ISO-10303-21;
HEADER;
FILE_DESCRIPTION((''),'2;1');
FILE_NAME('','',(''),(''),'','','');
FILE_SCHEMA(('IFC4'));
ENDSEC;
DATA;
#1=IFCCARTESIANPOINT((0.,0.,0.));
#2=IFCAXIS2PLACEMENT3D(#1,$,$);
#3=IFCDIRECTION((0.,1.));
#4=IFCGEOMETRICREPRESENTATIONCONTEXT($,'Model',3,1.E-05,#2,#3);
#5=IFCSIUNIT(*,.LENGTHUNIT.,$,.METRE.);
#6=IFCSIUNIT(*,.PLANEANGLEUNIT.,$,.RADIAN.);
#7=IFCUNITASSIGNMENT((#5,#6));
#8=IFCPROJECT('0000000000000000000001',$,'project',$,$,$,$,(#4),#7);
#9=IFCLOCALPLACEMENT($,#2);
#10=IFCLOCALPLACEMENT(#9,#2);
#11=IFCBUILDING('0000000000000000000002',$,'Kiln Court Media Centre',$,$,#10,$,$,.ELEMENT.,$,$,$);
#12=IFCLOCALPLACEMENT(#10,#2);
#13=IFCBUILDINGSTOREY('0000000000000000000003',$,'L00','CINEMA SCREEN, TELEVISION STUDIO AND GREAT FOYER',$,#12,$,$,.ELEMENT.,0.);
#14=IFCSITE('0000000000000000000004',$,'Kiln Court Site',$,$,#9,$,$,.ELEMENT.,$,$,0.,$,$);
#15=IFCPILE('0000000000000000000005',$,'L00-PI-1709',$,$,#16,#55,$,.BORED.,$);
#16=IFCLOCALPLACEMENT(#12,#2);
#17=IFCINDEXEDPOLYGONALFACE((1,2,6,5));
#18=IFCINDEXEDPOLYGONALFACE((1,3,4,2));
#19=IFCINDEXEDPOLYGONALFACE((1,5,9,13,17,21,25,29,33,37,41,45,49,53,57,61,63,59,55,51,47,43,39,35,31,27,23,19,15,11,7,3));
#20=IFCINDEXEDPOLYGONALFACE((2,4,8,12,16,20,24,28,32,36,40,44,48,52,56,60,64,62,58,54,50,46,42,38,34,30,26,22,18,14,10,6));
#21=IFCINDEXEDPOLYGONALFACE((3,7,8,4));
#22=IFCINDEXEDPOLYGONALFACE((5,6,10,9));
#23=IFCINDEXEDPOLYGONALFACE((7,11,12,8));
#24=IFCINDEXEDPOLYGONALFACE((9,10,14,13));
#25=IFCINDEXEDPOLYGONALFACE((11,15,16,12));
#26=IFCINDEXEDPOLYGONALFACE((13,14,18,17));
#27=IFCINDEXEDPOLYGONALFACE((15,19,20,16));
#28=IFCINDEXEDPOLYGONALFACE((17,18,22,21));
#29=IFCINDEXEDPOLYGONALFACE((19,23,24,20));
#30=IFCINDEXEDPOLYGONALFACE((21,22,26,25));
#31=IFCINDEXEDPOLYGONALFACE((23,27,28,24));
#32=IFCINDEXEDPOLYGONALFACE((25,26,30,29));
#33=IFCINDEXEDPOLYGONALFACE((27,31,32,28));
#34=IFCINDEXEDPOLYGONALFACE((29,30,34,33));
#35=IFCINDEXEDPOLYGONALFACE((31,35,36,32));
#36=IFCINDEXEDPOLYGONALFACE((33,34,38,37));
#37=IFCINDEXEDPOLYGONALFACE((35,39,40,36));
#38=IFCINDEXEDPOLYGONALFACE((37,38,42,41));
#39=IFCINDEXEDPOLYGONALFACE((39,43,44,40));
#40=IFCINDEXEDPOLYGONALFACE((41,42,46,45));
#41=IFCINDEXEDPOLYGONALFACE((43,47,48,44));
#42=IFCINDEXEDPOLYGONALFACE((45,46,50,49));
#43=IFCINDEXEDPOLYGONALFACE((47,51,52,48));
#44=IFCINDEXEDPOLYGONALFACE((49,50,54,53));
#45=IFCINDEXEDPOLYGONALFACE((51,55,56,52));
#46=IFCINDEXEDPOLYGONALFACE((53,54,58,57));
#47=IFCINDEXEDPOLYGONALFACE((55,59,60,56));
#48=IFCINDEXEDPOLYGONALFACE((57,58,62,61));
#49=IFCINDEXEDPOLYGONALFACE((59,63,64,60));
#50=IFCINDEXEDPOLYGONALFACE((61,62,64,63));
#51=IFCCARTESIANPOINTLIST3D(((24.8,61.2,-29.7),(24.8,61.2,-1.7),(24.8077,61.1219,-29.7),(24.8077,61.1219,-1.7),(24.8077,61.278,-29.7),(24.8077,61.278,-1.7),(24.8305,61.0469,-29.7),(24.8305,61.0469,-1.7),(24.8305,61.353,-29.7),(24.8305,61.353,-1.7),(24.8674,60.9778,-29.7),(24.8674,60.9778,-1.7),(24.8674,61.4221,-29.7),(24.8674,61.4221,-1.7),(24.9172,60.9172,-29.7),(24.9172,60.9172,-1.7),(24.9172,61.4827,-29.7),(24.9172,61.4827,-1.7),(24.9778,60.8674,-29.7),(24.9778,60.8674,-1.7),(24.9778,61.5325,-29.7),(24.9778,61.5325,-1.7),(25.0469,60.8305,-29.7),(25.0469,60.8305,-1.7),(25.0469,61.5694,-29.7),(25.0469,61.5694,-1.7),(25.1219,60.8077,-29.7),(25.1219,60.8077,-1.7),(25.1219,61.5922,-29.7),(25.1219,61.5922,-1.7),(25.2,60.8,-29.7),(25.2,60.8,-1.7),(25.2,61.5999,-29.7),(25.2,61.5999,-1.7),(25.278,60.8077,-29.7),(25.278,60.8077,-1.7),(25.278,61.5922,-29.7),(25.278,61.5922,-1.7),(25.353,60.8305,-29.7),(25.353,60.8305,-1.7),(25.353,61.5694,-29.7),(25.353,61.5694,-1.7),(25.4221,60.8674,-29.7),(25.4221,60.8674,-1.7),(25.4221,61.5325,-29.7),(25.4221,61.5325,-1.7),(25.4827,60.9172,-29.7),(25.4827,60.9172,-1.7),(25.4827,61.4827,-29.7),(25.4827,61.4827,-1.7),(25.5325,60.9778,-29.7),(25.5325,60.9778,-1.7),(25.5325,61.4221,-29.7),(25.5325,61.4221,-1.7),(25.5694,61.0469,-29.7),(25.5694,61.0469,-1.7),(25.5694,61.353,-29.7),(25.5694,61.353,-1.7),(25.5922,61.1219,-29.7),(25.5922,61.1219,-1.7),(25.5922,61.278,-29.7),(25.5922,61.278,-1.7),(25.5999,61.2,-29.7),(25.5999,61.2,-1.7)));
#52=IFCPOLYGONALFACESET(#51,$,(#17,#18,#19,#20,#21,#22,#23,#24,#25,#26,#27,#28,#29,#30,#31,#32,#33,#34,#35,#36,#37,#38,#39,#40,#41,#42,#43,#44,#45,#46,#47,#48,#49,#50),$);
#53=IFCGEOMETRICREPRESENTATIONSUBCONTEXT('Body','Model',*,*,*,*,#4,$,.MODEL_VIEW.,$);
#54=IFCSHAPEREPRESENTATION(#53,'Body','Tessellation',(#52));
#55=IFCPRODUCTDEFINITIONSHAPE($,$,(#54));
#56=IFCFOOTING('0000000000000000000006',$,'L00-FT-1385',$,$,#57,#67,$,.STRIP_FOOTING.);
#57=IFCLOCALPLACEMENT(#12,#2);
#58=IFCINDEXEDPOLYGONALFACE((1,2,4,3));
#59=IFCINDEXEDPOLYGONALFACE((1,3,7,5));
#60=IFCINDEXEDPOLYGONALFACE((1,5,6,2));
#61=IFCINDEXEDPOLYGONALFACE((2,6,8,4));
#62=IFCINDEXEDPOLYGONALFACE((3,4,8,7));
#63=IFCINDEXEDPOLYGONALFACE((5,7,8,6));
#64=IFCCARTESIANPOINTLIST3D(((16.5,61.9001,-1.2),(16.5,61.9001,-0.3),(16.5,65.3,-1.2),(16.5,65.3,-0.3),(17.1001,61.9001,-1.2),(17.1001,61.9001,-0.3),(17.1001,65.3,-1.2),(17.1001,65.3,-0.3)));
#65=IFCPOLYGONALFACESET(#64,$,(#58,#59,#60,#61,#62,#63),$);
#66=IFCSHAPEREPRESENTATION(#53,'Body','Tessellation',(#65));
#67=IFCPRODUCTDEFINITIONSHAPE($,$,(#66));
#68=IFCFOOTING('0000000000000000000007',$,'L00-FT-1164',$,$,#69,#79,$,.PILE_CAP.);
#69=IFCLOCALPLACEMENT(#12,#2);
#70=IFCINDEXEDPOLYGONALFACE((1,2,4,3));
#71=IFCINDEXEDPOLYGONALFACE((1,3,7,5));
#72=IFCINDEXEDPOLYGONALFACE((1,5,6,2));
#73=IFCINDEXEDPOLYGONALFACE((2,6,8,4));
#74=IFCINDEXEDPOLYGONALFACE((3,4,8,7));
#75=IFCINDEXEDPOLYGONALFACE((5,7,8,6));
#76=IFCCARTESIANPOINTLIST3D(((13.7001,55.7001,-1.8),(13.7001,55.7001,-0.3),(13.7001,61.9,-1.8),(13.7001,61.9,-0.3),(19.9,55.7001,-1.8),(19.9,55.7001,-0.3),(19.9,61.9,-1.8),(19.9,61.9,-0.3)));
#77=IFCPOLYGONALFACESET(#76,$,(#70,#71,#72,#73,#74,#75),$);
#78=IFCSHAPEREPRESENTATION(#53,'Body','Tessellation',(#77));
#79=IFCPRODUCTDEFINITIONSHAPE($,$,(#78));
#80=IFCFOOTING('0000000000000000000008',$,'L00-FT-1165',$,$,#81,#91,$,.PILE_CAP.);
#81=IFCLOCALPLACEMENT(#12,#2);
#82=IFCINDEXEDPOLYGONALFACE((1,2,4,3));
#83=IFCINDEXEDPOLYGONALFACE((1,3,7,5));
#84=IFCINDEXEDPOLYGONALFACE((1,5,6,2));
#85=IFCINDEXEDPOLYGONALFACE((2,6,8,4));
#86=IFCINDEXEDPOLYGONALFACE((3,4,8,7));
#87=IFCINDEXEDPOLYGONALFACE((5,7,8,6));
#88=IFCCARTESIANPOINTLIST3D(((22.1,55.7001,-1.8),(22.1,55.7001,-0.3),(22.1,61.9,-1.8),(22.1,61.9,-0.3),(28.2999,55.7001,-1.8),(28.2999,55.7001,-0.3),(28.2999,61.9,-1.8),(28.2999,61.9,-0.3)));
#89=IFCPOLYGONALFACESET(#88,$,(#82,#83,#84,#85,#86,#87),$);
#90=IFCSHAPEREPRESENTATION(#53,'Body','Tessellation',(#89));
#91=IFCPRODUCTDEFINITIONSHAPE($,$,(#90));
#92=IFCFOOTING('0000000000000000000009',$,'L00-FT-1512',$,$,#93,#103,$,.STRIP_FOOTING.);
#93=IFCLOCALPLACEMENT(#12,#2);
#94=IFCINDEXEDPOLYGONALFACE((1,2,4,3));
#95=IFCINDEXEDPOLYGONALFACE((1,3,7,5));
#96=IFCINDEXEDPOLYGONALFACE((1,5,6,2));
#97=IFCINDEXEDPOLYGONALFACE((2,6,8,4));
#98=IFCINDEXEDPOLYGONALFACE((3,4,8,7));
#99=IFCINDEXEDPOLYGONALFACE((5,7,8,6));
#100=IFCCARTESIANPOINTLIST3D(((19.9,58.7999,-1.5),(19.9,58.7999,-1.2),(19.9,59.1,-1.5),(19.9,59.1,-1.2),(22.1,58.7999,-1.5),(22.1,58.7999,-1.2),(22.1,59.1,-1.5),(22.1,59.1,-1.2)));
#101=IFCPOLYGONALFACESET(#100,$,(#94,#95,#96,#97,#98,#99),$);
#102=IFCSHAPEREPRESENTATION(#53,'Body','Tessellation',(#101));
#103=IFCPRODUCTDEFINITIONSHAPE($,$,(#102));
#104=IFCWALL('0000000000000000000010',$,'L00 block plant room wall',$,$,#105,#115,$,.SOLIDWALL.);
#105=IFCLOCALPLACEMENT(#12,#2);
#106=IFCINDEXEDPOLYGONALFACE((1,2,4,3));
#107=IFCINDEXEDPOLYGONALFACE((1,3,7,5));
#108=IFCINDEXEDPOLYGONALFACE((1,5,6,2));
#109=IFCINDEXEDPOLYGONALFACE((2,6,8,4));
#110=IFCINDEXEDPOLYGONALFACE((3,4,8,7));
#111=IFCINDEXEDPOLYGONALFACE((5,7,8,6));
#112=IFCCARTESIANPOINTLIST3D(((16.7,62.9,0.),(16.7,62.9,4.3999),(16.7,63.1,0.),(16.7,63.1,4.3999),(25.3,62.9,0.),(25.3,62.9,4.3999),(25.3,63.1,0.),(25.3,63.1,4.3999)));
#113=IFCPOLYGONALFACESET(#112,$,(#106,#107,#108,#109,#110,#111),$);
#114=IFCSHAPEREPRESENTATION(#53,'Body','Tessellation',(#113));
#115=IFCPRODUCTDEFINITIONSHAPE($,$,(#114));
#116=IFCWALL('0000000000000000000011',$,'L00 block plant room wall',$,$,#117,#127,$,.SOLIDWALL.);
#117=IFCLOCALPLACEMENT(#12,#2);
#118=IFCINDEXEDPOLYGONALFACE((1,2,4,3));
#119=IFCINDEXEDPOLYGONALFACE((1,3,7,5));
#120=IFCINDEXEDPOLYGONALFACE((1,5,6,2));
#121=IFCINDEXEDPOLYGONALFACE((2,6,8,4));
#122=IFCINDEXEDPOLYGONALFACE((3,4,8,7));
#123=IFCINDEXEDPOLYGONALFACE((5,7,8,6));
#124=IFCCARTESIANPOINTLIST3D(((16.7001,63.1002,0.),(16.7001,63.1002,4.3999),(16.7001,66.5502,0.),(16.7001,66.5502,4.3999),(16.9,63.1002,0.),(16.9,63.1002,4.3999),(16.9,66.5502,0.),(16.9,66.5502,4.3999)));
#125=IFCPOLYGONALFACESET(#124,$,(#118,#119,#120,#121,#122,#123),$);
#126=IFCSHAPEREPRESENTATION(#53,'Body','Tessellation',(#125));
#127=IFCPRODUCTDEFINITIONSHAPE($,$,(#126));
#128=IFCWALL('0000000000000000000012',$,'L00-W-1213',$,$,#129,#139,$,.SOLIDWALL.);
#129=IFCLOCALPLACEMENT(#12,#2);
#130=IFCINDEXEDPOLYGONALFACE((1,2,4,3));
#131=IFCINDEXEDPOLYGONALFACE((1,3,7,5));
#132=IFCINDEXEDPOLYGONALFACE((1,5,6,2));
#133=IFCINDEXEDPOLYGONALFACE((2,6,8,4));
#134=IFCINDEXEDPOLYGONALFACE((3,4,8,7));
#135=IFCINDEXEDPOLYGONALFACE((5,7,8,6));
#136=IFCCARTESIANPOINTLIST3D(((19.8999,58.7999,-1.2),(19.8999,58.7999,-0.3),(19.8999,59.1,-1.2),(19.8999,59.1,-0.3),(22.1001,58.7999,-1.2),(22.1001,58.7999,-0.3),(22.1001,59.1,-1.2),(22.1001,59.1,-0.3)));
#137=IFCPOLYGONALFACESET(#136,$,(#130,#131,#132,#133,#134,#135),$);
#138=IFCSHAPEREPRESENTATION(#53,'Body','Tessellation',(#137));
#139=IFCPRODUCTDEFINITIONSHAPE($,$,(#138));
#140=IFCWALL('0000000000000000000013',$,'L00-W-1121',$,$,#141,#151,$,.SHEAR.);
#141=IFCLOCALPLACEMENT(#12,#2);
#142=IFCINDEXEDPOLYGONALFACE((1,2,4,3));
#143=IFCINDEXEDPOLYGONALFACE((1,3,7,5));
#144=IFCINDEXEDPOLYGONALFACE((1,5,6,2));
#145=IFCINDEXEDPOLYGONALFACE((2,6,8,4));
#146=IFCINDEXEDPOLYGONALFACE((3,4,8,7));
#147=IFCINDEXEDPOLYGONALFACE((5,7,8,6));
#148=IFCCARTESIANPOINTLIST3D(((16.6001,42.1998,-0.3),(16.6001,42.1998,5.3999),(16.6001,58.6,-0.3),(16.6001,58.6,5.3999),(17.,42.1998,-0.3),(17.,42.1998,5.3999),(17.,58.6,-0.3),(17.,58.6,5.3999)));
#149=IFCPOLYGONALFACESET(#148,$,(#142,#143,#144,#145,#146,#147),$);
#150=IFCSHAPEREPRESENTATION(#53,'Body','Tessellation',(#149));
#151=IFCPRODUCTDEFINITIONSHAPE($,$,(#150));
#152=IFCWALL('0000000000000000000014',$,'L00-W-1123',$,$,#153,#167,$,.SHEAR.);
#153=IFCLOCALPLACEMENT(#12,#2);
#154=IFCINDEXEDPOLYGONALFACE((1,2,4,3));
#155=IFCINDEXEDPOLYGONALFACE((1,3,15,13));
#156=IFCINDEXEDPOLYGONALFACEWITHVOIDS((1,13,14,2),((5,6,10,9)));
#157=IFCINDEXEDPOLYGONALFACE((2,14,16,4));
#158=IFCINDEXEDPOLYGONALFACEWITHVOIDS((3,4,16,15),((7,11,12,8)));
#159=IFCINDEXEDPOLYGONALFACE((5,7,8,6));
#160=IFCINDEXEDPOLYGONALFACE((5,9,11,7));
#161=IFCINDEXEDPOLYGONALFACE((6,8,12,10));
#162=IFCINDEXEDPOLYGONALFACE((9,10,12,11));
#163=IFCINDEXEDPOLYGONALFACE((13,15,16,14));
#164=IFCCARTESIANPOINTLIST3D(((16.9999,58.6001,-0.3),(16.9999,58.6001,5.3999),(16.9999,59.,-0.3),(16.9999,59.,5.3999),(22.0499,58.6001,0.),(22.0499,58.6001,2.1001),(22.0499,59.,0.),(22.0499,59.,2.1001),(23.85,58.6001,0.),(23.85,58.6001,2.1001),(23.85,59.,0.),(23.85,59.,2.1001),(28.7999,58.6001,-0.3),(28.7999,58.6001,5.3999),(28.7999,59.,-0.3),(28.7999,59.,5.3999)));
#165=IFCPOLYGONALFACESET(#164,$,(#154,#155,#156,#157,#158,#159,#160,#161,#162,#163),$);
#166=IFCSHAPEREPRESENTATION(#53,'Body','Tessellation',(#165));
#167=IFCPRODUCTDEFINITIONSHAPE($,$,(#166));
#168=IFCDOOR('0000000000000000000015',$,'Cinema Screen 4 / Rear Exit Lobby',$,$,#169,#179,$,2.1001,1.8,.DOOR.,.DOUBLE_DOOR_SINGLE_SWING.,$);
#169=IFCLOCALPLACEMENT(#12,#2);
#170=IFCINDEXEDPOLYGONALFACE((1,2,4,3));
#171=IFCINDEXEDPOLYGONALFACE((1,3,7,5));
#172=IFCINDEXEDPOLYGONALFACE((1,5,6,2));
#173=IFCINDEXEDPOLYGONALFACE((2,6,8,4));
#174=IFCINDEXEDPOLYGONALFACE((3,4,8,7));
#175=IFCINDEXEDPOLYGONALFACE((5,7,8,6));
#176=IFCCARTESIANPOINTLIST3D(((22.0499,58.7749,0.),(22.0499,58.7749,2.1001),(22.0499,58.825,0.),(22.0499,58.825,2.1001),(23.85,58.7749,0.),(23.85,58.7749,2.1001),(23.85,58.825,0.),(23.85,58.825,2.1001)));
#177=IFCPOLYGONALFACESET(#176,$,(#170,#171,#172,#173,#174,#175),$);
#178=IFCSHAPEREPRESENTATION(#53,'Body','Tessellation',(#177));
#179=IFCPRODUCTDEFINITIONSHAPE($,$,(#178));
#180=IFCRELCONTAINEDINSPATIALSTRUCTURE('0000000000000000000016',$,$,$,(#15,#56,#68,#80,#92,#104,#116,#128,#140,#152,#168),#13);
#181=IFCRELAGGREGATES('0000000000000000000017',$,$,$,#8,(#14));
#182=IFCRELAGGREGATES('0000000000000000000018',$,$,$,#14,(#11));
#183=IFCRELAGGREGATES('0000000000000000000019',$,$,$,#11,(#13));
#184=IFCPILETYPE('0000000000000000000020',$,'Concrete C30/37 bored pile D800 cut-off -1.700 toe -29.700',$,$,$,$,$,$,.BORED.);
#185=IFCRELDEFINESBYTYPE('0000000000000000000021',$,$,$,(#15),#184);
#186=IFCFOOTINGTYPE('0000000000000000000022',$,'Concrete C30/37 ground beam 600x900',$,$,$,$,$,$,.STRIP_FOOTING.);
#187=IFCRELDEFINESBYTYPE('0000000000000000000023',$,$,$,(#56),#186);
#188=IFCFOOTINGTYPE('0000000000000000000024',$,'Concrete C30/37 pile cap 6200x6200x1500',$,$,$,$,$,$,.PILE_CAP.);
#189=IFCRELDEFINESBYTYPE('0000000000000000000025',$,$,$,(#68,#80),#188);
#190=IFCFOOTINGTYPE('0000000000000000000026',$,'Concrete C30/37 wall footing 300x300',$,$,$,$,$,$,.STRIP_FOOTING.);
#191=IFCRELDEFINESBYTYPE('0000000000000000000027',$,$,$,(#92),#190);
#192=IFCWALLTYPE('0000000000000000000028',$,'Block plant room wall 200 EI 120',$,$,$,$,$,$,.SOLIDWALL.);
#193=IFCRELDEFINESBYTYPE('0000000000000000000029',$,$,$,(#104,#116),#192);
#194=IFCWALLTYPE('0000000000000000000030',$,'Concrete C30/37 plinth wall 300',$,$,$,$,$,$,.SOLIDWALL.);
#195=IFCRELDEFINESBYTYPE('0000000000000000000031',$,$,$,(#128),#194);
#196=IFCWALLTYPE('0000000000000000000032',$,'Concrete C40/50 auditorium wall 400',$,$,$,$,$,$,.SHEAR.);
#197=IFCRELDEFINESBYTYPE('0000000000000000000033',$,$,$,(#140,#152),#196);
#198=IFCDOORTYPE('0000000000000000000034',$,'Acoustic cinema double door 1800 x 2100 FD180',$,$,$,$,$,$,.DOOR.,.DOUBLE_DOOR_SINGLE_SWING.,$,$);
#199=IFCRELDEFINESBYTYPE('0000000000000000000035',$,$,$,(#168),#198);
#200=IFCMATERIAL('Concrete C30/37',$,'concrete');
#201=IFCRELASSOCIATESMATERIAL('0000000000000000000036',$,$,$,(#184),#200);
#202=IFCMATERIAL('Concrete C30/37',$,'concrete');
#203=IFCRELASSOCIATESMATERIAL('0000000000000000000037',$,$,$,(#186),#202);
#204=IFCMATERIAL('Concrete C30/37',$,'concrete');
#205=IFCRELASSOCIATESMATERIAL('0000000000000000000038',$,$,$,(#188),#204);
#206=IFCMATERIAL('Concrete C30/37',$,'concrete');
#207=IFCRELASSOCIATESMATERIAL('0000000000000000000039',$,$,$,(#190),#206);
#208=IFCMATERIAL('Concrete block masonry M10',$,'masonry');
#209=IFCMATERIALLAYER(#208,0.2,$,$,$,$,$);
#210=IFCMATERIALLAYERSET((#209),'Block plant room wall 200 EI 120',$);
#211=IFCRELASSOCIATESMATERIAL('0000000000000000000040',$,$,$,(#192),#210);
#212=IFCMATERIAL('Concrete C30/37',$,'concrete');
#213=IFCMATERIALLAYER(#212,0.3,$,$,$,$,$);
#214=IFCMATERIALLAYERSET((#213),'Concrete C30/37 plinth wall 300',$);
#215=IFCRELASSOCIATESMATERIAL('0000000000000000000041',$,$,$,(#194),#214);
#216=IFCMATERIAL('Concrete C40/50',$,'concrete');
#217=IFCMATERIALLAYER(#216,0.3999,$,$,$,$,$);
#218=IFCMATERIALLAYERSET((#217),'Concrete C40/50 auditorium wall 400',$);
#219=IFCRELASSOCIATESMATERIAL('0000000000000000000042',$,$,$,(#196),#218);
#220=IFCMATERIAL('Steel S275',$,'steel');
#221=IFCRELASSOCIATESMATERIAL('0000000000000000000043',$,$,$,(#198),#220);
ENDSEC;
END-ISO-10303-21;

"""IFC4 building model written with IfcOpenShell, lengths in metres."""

from ifc_helpers import new_model, si_unit, direction, frame, frame_2d, origin, origin_2d, place, context, subcontext, project, spatial, rectangle, circle, extrude, material, layer, layer_set, material_profile, profile_set, type_object, element, fill, save


model = new_model("IFC4")

# Units and contexts
model_context = context("Model", 3, precision=1e-05, world=origin(), true_north=direction((0.0, 1.0)))
body_context = subcontext(model_context, "Body", "Model", "MODEL_VIEW")
ifc_project = project(units=[si_unit("LENGTHUNIT", "METRE"), si_unit("PLANEANGLEUNIT", "RADIAN")], contexts=[model_context])

# Site, building, storey
site_placement = place(None, origin())
site = spatial("IfcSite", under=ifc_project, at=site_placement, Name="Kiln Court Site", CompositionType="ELEMENT", RefElevation=0.0)
building_placement = place(site_placement, origin())
building = spatial("IfcBuilding", under=site, at=building_placement, Name="Kiln Court Media Centre", CompositionType="ELEMENT")
storey_placement = place(building_placement, origin())
storey = spatial("IfcBuildingStorey", under=building, at=storey_placement, Name="L00", Description="CINEMA SCREEN, TELEVISION STUDIO AND GREAT FOYER", CompositionType="ELEMENT", Elevation=0.0)

# Pile
ifc_material_1 = material(Name="Concrete C30/37", Category="concrete")
ifc_material_profile = material_profile(ifc_material_1, circle(Radius=0.3999, at=origin_2d()), Name="PILE D800")
ifc_profile_set = profile_set([ifc_material_profile], Name="Concrete C30/37")
pile_type = type_object("IfcPileType", Name="Concrete C30/37 bored pile D800 cut-off -1.700 toe -29.700", PredefinedType="BORED", material=ifc_profile_set)
for number, where, z_axis, x_axis, name in (
    (1, (25.2, 61.2, -1.7), (0.0, 0.0, -1.0), (1.0, 0.0, 0.0), "L00-PI-1709"),
):
    element("IfcPile", number, at=place(storey_placement, frame(where, z_axis=z_axis, x_axis=x_axis)), inside=storey, type_object=pile_type, Name=name, PredefinedType="BORED", context=body_context, shape_type="SweptSolid", body=[
        extrude(circle(Radius=0.3999, at=origin_2d()), origin(), (0.0, 0.0, 1.0), 28.0),
    ])

# Footings
ifc_material_2 = material(Name="Concrete C30/37", Category="concrete")
footing_type_1 = type_object("IfcFootingType", Name="Concrete C30/37 ground beam 600x900", PredefinedType="STRIP_FOOTING", material=ifc_material_2)
footing_1_placement = place(storey_placement, frame((16.8, 63.6001, -1.2), z_axis=(0.0, 0.0, 1.0), x_axis=(1.0, 0.0, 0.0)))
element("IfcFooting", 2, at=footing_1_placement, inside=storey, type_object=footing_type_1, Name="L00-FT-1385", PredefinedType="STRIP_FOOTING", context=body_context, shape_type="SweptSolid", body=[
    extrude(rectangle(XDim=0.6001, YDim=3.3999, at=origin_2d()), origin(), (0.0, 0.0, 1.0), 0.8999),
])
ifc_material_3 = material(Name="Concrete C30/37", Category="concrete")
footing_type_2 = type_object("IfcFootingType", Name="Concrete C30/37 pile cap 6200x6200x1500", PredefinedType="PILE_CAP", material=ifc_material_3)
for number, where, z_axis, x_axis, name in (
    (3, (16.8, 58.8, -1.8), (0.0, 0.0, 1.0), (1.0, 0.0, 0.0), "L00-FT-1164"),
    (4, (25.2, 58.8, -1.8), (0.0, 0.0, 1.0), (1.0, 0.0, 0.0), "L00-FT-1165"),
):
    element("IfcFooting", number, at=place(storey_placement, frame(where, z_axis=z_axis, x_axis=x_axis)), inside=storey, type_object=footing_type_2, Name=name, PredefinedType="PILE_CAP", context=body_context, shape_type="SweptSolid", body=[
        extrude(rectangle(XDim=6.2, YDim=6.2, at=origin_2d()), origin(), (0.0, 0.0, 1.0), 1.5),
    ])
ifc_material_4 = material(Name="Concrete C30/37", Category="concrete")
footing_type_3 = type_object("IfcFootingType", Name="Concrete C30/37 wall footing 300x300", PredefinedType="STRIP_FOOTING", material=ifc_material_4)
footing_2_placement = place(storey_placement, frame((21.0, 58.95, -1.5), z_axis=(0.0, 0.0, 1.0), x_axis=(1.0, 0.0, 0.0)))
element("IfcFooting", 5, at=footing_2_placement, inside=storey, type_object=footing_type_3, Name="L00-FT-1512", PredefinedType="STRIP_FOOTING", context=body_context, shape_type="SweptSolid", body=[
    extrude(rectangle(XDim=2.2, YDim=0.3, at=origin_2d()), origin(), (0.0, 0.0, 1.0), 0.3),
])

# Walls
ifc_material_5 = material(Name="Concrete block masonry M10", Category="masonry")
ifc_layer_1 = layer(ifc_material_5, 0.2)
ifc_layer_set_1 = layer_set([ifc_layer_1], Name="Block plant room wall 200 EI 120")
wall_type_1 = type_object("IfcWallType", Name="Block plant room wall 200 EI 120", PredefinedType="SOLIDWALL", material=ifc_layer_set_1)
wall_1_placement = place(storey_placement, frame((16.7, 63.0, 0.0), z_axis=(0.0, 0.0, 1.0), x_axis=(1.0, 0.0, 0.0)))
element("IfcWall", 6, at=wall_1_placement, inside=storey, type_object=wall_type_1, Name="L00 block plant room wall", PredefinedType="SOLIDWALL", context=body_context, shape_type="SweptSolid", body=[
    extrude(rectangle(XDim=8.6001, YDim=0.2, at=frame_2d((4.3, 0.0))), origin(), (0.0, 0.0, 1.0), 4.3999),
])
wall_2_placement = place(storey_placement, frame((16.8, 63.1001, 0.0), z_axis=(0.0, 0.0, 1.0), x_axis=(0.0, 1.0, 0.0)))
element("IfcWall", 7, at=wall_2_placement, inside=storey, type_object=wall_type_1, Name="L00 block plant room wall", PredefinedType="SOLIDWALL", context=body_context, shape_type="SweptSolid", body=[
    extrude(rectangle(XDim=3.45, YDim=0.2, at=frame_2d((1.7251, 0.0))), origin(), (0.0, 0.0, 1.0), 4.3999),
])
ifc_material_6 = material(Name="Concrete C30/37", Category="concrete")
ifc_layer_2 = layer(ifc_material_6, 0.3)
ifc_layer_set_2 = layer_set([ifc_layer_2], Name="Concrete C30/37 plinth wall 300")
wall_type_2 = type_object("IfcWallType", Name="Concrete C30/37 plinth wall 300", PredefinedType="SOLIDWALL", material=ifc_layer_set_2)
wall_3_placement = place(storey_placement, frame((22.1001, 58.95, -1.2), z_axis=(0.0, 0.0, 1.0), x_axis=(-1.0, 0.0, 0.0)))
element("IfcWall", 8, at=wall_3_placement, inside=storey, type_object=wall_type_2, Name="L00-W-1213", PredefinedType="SOLIDWALL", context=body_context, shape_type="SweptSolid", body=[
    extrude(rectangle(XDim=2.2002, YDim=0.3, at=frame_2d((1.1001, 0.0))), origin(), (0.0, 0.0, 1.0), 0.8999),
])
ifc_material_7 = material(Name="Concrete C40/50", Category="concrete")
ifc_layer_3 = layer(ifc_material_7, 0.3999)
ifc_layer_set_3 = layer_set([ifc_layer_3], Name="Concrete C40/50 auditorium wall 400")
wall_type_3 = type_object("IfcWallType", Name="Concrete C40/50 auditorium wall 400", PredefinedType="SHEAR", material=ifc_layer_set_3)
wall_4_placement = place(storey_placement, frame((16.8, 58.6001, -0.3), z_axis=(0.0, 0.0, 1.0), x_axis=(0.0, -1.0, 0.0)))
element("IfcWall", 9, at=wall_4_placement, inside=storey, type_object=wall_type_3, Name="L00-W-1121", PredefinedType="SHEAR", context=body_context, shape_type="SweptSolid", body=[
    extrude(rectangle(XDim=16.4001, YDim=0.3999, at=frame_2d((8.2002, 0.0))), origin(), (0.0, 0.0, 1.0), 5.7),
])

# Wall, opening, door
wall_5_placement = place(storey_placement, frame((17.0, 58.8, -0.3), z_axis=(0.0, 0.0, 1.0), x_axis=(1.0, 0.0, 0.0)))
wall_5 = element("IfcWall", 10, at=wall_5_placement, inside=storey, type_object=wall_type_3, Name="L00-W-1123", PredefinedType="SHEAR", context=body_context, shape_type="SweptSolid", body=[
    extrude(rectangle(XDim=11.8, YDim=0.3999, at=frame_2d((5.8999, 0.0))), origin(), (0.0, 0.0, 1.0), 5.7),
])
opening_placement = place(wall_5_placement, frame((5.05, 0.0, 0.3)))
opening = element("IfcOpeningElement", 11, at=opening_placement, cuts=wall_5, PredefinedType="OPENING", context=body_context, shape_type="SweptSolid", body=[
    extrude(rectangle(XDim=1.8, YDim=2.1001, at=frame_2d((0.8999, 1.05))), frame((0.0, 0.21, 0.0), z_axis=(0.0, -1.0, 0.0), x_axis=(1.0, 0.0, 0.0)), (0.0, 0.0, 1.0), 0.4199),
])
ifc_material_8 = material(Name="Steel S275", Category="steel")
door_type = type_object("IfcDoorType", Name="Acoustic cinema double door 1800 x 2100 FD180", OperationType="DOUBLE_DOOR_SINGLE_SWING", PredefinedType="DOOR", material=ifc_material_8)
door_placement = place(opening_placement, origin())
door = element("IfcDoor", 12, at=door_placement, inside=storey, type_object=door_type, Name="Cinema Screen 4 / Rear Exit Lobby", OperationType="DOUBLE_DOOR_SINGLE_SWING", OverallHeight=2.1001, OverallWidth=1.8, PredefinedType="DOOR", context=body_context, shape_type="SweptSolid", body=[
    extrude(rectangle(XDim=1.8, YDim=2.1001, at=frame_2d((0.8999, 1.05))), frame((0.0, 0.0249, 0.0), z_axis=(0.0, -1.0, 0.0), x_axis=(1.0, 0.0, 0.0)), (0.0, 0.0, 1.0), 0.05),
])
fill(opening, door)

save(model, "model.ifc")
